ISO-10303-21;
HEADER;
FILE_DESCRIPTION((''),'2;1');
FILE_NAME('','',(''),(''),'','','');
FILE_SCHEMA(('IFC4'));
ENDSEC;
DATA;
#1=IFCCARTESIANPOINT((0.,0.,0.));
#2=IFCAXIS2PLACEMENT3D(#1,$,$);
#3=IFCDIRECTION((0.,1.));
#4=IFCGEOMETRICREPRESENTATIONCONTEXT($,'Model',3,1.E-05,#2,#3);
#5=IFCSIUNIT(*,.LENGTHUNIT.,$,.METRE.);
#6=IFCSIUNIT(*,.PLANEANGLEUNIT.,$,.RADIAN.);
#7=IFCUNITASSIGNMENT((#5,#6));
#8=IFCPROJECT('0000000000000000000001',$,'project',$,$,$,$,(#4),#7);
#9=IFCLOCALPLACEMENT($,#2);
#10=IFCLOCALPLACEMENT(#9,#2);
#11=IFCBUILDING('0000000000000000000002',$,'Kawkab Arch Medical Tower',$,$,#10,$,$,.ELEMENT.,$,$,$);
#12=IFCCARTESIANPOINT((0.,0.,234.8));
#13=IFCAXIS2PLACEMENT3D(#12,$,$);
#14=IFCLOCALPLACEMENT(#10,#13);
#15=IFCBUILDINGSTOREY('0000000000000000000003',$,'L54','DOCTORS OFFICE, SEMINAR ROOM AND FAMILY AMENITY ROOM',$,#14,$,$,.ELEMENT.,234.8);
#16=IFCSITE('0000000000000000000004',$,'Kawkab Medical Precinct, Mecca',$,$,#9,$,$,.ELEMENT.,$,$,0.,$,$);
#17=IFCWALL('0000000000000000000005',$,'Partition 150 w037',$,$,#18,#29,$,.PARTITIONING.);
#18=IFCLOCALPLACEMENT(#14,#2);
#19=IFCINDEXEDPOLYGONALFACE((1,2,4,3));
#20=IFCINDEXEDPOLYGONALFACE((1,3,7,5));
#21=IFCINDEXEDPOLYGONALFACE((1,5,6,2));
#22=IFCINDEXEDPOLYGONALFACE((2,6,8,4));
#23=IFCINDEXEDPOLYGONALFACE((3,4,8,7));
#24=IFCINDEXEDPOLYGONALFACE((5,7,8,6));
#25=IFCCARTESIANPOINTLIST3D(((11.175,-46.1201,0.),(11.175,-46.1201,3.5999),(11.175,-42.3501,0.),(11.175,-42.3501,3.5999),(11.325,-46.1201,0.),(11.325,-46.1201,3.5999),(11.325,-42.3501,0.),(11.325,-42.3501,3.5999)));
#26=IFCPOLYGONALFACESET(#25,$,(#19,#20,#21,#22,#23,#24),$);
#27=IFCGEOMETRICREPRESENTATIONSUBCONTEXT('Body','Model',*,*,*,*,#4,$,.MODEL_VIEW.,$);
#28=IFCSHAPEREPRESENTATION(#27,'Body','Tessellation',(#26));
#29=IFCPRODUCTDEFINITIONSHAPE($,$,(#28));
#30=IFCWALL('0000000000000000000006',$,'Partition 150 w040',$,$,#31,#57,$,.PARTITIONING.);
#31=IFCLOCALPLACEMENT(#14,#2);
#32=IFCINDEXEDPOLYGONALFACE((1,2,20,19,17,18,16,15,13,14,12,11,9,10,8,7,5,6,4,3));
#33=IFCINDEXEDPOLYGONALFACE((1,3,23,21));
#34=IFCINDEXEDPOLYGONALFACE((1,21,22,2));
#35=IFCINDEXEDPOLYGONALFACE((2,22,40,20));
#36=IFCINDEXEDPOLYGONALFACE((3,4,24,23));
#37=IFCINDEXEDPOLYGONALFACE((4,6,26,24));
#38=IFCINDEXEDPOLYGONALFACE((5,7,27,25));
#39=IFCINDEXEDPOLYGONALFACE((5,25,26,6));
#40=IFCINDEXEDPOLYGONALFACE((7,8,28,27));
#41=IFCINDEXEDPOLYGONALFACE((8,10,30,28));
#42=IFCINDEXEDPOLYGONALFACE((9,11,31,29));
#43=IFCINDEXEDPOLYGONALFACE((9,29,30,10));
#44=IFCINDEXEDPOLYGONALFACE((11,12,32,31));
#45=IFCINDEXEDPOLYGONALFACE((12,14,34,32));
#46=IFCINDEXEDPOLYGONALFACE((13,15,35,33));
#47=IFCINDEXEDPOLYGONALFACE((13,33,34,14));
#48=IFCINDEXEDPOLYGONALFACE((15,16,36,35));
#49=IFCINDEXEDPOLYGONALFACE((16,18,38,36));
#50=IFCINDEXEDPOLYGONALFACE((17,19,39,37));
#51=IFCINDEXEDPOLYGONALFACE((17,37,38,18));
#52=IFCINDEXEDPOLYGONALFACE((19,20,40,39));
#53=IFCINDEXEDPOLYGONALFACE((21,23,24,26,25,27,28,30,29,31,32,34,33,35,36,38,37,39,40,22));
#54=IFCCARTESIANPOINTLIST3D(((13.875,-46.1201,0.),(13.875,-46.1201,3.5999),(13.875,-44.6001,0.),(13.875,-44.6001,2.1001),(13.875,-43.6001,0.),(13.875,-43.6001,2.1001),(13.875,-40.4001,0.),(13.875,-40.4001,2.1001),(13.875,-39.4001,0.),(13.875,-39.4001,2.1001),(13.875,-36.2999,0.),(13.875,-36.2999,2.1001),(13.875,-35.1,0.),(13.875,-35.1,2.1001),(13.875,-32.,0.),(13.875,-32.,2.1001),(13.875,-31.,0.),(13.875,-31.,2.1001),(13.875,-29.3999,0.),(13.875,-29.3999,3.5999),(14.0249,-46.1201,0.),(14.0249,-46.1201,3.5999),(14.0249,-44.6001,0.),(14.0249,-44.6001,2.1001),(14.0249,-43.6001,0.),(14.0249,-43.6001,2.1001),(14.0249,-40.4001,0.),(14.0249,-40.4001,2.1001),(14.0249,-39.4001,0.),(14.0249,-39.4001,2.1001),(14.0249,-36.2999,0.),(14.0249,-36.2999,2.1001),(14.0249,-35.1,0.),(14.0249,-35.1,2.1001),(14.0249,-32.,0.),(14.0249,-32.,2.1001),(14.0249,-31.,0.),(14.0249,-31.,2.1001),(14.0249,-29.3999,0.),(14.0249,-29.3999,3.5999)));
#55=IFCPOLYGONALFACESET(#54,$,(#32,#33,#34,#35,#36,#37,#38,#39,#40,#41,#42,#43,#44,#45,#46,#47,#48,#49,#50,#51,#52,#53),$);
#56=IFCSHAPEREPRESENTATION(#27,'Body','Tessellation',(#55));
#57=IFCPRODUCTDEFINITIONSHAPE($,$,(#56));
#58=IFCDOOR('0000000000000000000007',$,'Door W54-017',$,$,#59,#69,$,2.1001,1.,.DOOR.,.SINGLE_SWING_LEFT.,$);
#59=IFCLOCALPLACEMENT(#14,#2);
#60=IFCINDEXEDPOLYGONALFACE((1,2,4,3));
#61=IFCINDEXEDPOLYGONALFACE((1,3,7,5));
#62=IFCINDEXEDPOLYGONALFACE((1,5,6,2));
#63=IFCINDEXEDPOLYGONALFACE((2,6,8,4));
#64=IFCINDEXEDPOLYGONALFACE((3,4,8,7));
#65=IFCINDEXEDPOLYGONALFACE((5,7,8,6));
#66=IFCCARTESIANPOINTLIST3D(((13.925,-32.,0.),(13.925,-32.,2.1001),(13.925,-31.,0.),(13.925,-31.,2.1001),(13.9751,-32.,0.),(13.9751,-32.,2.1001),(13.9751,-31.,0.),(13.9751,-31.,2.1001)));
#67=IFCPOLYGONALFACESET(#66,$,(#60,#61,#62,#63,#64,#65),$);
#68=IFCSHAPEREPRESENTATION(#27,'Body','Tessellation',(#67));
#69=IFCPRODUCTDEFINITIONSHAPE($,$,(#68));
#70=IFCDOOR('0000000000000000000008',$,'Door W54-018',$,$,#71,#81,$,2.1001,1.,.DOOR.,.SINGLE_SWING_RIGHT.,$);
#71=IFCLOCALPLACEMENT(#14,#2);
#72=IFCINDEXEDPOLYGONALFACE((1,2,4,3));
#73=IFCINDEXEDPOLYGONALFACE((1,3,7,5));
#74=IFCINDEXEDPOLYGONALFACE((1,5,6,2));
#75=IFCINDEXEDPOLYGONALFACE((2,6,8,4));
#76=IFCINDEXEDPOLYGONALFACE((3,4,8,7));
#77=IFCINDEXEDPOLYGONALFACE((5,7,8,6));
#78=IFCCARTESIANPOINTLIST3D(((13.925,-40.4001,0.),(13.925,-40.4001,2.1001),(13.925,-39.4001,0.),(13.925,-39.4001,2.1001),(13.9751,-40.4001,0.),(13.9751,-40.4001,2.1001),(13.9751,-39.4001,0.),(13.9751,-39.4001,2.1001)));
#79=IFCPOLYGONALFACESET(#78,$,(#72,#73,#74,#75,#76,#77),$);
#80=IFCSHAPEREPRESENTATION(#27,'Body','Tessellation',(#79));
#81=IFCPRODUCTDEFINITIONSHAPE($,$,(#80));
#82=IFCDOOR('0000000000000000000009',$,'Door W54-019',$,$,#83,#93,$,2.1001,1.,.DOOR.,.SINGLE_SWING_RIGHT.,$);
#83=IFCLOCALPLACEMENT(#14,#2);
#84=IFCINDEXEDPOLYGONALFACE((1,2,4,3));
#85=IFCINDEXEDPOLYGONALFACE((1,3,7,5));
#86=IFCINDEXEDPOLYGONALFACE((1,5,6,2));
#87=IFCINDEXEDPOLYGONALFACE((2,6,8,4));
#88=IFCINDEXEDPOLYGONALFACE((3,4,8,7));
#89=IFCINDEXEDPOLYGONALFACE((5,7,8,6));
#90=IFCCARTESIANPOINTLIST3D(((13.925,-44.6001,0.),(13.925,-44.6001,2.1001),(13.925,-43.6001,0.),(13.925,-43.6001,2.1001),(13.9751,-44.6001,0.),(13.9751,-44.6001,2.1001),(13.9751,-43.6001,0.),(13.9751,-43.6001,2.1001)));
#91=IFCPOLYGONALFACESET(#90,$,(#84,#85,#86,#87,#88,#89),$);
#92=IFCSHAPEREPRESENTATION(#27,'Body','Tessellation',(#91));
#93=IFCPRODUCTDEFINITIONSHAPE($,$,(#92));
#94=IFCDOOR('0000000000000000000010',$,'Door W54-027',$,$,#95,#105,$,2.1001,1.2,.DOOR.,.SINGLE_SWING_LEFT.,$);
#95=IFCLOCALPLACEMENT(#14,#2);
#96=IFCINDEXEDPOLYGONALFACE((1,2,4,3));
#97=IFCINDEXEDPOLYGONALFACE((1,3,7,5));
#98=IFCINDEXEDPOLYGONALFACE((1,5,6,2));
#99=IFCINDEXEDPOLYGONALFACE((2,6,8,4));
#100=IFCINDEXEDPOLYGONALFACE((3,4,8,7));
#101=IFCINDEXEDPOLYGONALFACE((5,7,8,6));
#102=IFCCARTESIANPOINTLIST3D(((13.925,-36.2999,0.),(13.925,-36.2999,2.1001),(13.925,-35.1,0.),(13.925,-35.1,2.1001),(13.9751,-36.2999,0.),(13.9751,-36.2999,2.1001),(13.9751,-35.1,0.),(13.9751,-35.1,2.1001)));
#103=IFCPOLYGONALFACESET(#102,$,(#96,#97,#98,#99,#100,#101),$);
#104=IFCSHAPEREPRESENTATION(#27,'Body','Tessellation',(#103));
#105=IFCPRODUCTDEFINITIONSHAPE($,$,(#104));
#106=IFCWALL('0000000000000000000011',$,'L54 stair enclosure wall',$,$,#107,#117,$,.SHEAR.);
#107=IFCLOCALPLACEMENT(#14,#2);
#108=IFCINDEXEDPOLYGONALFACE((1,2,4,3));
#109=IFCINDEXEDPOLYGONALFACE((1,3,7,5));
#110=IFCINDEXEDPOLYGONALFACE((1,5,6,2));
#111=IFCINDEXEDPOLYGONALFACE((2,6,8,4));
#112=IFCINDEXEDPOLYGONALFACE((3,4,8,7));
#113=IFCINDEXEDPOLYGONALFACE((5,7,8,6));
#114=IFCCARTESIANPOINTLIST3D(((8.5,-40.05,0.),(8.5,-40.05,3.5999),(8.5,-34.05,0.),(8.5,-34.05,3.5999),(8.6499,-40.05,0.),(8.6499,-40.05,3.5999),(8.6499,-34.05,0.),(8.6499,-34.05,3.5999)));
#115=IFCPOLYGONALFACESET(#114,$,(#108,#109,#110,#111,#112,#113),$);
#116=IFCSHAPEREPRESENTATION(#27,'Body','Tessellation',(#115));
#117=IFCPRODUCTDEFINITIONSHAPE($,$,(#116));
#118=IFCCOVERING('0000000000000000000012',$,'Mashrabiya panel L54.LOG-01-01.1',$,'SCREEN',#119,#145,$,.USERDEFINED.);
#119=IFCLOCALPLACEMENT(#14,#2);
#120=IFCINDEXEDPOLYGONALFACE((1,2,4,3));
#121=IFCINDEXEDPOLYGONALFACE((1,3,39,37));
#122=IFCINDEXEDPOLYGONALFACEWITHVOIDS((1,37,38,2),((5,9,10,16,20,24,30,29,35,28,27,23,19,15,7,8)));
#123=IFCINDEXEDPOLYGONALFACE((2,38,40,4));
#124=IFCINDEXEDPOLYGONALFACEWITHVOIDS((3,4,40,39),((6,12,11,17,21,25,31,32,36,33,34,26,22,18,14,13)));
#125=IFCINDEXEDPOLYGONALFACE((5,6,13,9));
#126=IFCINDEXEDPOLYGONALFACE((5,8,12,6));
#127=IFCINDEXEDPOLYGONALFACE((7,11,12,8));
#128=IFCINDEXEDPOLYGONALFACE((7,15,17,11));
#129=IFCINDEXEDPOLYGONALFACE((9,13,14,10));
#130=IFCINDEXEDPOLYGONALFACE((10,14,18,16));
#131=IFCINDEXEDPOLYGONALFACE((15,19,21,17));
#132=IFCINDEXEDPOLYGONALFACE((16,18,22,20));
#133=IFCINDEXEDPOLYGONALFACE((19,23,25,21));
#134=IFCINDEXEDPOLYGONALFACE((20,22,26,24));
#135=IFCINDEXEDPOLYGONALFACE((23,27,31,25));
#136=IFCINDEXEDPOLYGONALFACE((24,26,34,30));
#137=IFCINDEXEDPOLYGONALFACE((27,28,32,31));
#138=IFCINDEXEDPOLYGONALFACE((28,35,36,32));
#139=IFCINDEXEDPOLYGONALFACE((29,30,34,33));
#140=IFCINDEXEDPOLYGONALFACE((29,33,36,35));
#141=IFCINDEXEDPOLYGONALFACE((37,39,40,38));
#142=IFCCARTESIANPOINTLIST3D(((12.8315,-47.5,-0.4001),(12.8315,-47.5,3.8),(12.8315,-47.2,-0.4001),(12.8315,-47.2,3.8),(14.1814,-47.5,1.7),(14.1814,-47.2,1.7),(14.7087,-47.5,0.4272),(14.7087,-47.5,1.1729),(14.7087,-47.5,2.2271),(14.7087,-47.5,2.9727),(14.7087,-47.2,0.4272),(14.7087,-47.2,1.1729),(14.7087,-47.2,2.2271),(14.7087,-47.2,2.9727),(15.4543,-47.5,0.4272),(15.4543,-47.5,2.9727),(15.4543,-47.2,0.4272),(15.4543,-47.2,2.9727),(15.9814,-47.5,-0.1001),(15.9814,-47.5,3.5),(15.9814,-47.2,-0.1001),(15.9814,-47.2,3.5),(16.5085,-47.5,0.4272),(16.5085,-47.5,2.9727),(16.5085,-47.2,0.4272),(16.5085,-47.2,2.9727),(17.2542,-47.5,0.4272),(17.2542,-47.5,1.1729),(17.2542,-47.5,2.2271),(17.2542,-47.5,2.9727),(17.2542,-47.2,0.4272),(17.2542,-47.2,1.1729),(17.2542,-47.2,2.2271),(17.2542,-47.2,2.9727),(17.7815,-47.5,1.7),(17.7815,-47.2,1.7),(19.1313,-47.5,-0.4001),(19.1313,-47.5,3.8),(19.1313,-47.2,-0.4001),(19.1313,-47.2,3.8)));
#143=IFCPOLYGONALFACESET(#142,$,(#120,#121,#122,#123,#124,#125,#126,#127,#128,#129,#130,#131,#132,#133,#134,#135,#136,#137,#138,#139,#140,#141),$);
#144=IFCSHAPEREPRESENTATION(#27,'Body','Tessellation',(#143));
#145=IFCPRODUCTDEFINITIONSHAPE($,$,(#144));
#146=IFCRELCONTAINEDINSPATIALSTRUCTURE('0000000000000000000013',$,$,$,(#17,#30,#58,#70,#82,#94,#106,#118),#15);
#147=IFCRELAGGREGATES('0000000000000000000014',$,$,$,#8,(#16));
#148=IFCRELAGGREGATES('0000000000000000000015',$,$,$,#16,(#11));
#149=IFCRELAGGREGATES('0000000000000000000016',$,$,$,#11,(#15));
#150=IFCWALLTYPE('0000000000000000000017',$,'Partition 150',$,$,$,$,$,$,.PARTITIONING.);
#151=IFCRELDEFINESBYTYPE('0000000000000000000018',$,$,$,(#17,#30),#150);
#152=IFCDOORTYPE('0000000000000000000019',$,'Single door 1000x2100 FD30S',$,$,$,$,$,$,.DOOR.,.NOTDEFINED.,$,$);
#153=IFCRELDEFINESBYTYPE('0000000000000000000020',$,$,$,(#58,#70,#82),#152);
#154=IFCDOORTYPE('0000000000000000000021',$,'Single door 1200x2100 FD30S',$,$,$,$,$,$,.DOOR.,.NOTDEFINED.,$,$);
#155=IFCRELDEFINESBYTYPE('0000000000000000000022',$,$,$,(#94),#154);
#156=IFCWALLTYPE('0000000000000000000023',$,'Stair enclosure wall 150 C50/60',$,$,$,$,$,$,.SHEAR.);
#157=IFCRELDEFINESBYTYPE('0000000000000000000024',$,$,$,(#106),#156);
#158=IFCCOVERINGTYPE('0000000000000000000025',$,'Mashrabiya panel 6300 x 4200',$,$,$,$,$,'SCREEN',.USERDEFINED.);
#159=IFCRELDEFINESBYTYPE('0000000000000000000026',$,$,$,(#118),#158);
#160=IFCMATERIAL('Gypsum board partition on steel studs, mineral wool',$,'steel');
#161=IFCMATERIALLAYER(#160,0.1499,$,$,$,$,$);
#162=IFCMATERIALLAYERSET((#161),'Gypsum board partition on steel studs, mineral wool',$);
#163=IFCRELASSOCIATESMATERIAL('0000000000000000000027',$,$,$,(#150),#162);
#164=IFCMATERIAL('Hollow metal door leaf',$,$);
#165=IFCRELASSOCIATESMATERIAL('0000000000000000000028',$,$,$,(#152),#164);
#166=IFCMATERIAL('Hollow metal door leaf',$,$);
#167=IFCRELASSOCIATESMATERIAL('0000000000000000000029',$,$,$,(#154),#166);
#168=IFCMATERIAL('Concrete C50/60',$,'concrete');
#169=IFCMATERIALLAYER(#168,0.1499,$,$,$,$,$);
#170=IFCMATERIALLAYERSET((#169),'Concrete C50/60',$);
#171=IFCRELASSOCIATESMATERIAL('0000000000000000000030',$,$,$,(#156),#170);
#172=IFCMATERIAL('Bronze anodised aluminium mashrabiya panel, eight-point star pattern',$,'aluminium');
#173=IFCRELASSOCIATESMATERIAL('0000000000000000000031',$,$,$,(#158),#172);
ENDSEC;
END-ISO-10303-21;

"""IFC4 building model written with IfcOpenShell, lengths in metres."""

from ifc_helpers import new_model, si_unit, direction, frame, frame_2d, origin, place, context, subcontext, project, spatial, polyline, rectangle, outline, extrude, material, layer, layer_set, material_profile, profile_set, type_object, element, fill, save


model = new_model("IFC4")

# Units and contexts
model_context = context("Model", 3, precision=1e-05, world=origin(), true_north=direction((0.0, 1.0)))
body_context = subcontext(model_context, "Body", "Model", "MODEL_VIEW")
ifc_project = project(units=[si_unit("LENGTHUNIT", "METRE"), si_unit("PLANEANGLEUNIT", "RADIAN")], contexts=[model_context])

# Site, building, storey
site_placement = place(None, origin())
site = spatial("IfcSite", under=ifc_project, at=site_placement, Name="Kawkab Medical Precinct, Mecca", CompositionType="ELEMENT", RefElevation=0.0)
building_placement = place(site_placement, origin())
building = spatial("IfcBuilding", under=site, at=building_placement, Name="Kawkab Arch Medical Tower", CompositionType="ELEMENT")
storey_placement = place(building_placement, frame((0.0, 0.0, 234.8)))
storey = spatial("IfcBuildingStorey", under=building, at=storey_placement, Name="L54", Description="DOCTORS OFFICE, SEMINAR ROOM AND FAMILY AMENITY ROOM", CompositionType="ELEMENT", Elevation=234.8)

# Shared definitions
ifc_material_1 = material(Name="Gypsum board partition on steel studs, mineral wool", Category="steel")
ifc_layer_1 = layer(ifc_material_1, 0.1499)
ifc_layer_set_1 = layer_set([ifc_layer_1], Name="Gypsum board partition on steel studs, mineral wool")
wall_type_1 = type_object("IfcWallType", Name="Partition 150", PredefinedType="PARTITIONING", material=ifc_layer_set_1)

# Shared definitions
ifc_material_2 = material(Name="Hollow metal door leaf")
door_type_1 = type_object("IfcDoorType", Name="Single door 1000x2100 FD30S", OperationType="NOTDEFINED", PredefinedType="DOOR", material=ifc_material_2)

# Wall
wall_1_placement = place(storey_placement, frame((11.25, -46.1201, 0.0), z_axis=(0.0, 0.0, 1.0), x_axis=(0.0, 1.0, 0.0)))
element("IfcWall", 1, at=wall_1_placement, inside=storey, type_object=wall_type_1, Name="Partition 150 w037", PredefinedType="PARTITIONING", context=body_context, shape_type="SweptSolid", body=[
    extrude(rectangle(XDim=3.77, YDim=0.1499, at=frame_2d((1.885, 0.0))), origin(), (0.0, 0.0, 1.0), 3.5999),
])

# Wall, openings, doors
wall_2_placement = place(storey_placement, frame((13.95, -46.1201, 0.0), z_axis=(0.0, 0.0, 1.0), x_axis=(0.0, 1.0, 0.0)))
wall_2 = element("IfcWall", 2, at=wall_2_placement, inside=storey, type_object=wall_type_1, Name="Partition 150 w040", PredefinedType="PARTITIONING", context=body_context, shape_type="SweptSolid", body=[
    extrude(rectangle(XDim=16.7202, YDim=0.1499, at=frame_2d((8.3601, 0.0))), origin(), (0.0, 0.0, 1.0), 3.5999),
])
opening_1_placement = place(wall_2_placement, frame((14.1201, 0.0, 0.0)))
opening_1 = element("IfcOpeningElement", 3, at=opening_1_placement, cuts=wall_2, PredefinedType="OPENING", context=body_context, shape_type="SweptSolid", body=[
    extrude(rectangle(XDim=1.0, YDim=2.1001, at=frame_2d((0.5, 1.05))), frame((0.0, 0.085, 0.0), z_axis=(0.0, -1.0, 0.0), x_axis=(1.0, 0.0, 0.0)), (0.0, 0.0, 1.0), 0.1699),
])
opening_2_placement = place(wall_2_placement, frame((9.8201, 0.0, 0.0)))
opening_2 = element("IfcOpeningElement", 4, at=opening_2_placement, cuts=wall_2, PredefinedType="OPENING", context=body_context, shape_type="SweptSolid", body=[
    extrude(rectangle(XDim=1.2, YDim=2.1001, at=frame_2d((0.6001, 1.05))), frame((0.0, 0.085, 0.0), z_axis=(0.0, -1.0, 0.0), x_axis=(1.0, 0.0, 0.0)), (0.0, 0.0, 1.0), 0.1699),
])
opening_3_placement = place(wall_2_placement, frame((5.72, 0.0, 0.0)))
opening_3 = element("IfcOpeningElement", 5, at=opening_3_placement, cuts=wall_2, PredefinedType="OPENING", context=body_context, shape_type="SweptSolid", body=[
    extrude(rectangle(XDim=1.0, YDim=2.1001, at=frame_2d((0.5, 1.05))), frame((0.0, 0.085, 0.0), z_axis=(0.0, -1.0, 0.0), x_axis=(1.0, 0.0, 0.0)), (0.0, 0.0, 1.0), 0.1699),
])
opening_4_placement = place(wall_2_placement, frame((1.52, 0.0, 0.0)))
opening_4 = element("IfcOpeningElement", 6, at=opening_4_placement, cuts=wall_2, PredefinedType="OPENING", context=body_context, shape_type="SweptSolid", body=[
    extrude(rectangle(XDim=1.0, YDim=2.1001, at=frame_2d((0.5, 1.05))), frame((0.0, 0.085, 0.0), z_axis=(0.0, -1.0, 0.0), x_axis=(1.0, 0.0, 0.0)), (0.0, 0.0, 1.0), 0.1699),
])
door_1_placement = place(opening_1_placement, origin())
door_1 = element("IfcDoor", 7, at=door_1_placement, inside=storey, type_object=door_type_1, Name="Door W54-017", OperationType="SINGLE_SWING_LEFT", OverallHeight=2.1001, OverallWidth=1.0, PredefinedType="DOOR", context=body_context, shape_type="SweptSolid", body=[
    extrude(rectangle(XDim=1.0, YDim=2.1001, at=frame_2d((0.5, 1.05))), frame((0.0, 0.0249, 0.0), z_axis=(0.0, -1.0, 0.0), x_axis=(1.0, 0.0, 0.0)), (0.0, 0.0, 1.0), 0.05),
])
fill(opening_1, door_1)
door_2_placement = place(opening_3_placement, origin())
door_2 = element("IfcDoor", 8, at=door_2_placement, inside=storey, type_object=door_type_1, Name="Door W54-018", OperationType="SINGLE_SWING_RIGHT", OverallHeight=2.1001, OverallWidth=1.0, PredefinedType="DOOR", context=body_context, shape_type="SweptSolid", body=[
    extrude(rectangle(XDim=1.0, YDim=2.1001, at=frame_2d((0.5, 1.05))), frame((0.0, 0.0249, 0.0), z_axis=(0.0, -1.0, 0.0), x_axis=(1.0, 0.0, 0.0)), (0.0, 0.0, 1.0), 0.05),
])
fill(opening_3, door_2)
door_3_placement = place(opening_4_placement, origin())
door_3 = element("IfcDoor", 9, at=door_3_placement, inside=storey, type_object=door_type_1, Name="Door W54-019", OperationType="SINGLE_SWING_RIGHT", OverallHeight=2.1001, OverallWidth=1.0, PredefinedType="DOOR", context=body_context, shape_type="SweptSolid", body=[
    extrude(rectangle(XDim=1.0, YDim=2.1001, at=frame_2d((0.5, 1.05))), frame((0.0, 0.0249, 0.0), z_axis=(0.0, -1.0, 0.0), x_axis=(1.0, 0.0, 0.0)), (0.0, 0.0, 1.0), 0.05),
])
fill(opening_4, door_3)
ifc_material_3 = material(Name="Hollow metal door leaf")
door_type_2 = type_object("IfcDoorType", Name="Single door 1200x2100 FD30S", OperationType="NOTDEFINED", PredefinedType="DOOR", material=ifc_material_3)
door_4_placement = place(opening_2_placement, origin())
door_4 = element("IfcDoor", 10, at=door_4_placement, inside=storey, type_object=door_type_2, Name="Door W54-027", OperationType="SINGLE_SWING_LEFT", OverallHeight=2.1001, OverallWidth=1.2, PredefinedType="DOOR", context=body_context, shape_type="SweptSolid", body=[
    extrude(rectangle(XDim=1.2, YDim=2.1001, at=frame_2d((0.6001, 1.05))), frame((0.0, 0.0249, 0.0), z_axis=(0.0, -1.0, 0.0), x_axis=(1.0, 0.0, 0.0)), (0.0, 0.0, 1.0), 0.05),
])
fill(opening_2, door_4)

# Wall
ifc_material_4 = material(Name="Concrete C50/60", Category="concrete")
ifc_layer_2 = layer(ifc_material_4, 0.1499)
ifc_layer_set_2 = layer_set([ifc_layer_2], Name="Concrete C50/60")
wall_type_2 = type_object("IfcWallType", Name="Stair enclosure wall 150 C50/60", PredefinedType="SHEAR", material=ifc_layer_set_2)
wall_3_placement = place(storey_placement, frame((8.575, -40.05, 0.0), z_axis=(0.0, 0.0, 1.0), x_axis=(0.0, 1.0, 0.0)))
element("IfcWall", 11, at=wall_3_placement, inside=storey, type_object=wall_type_2, Name="L54 stair enclosure wall", PredefinedType="SHEAR", context=body_context, shape_type="SweptSolid", body=[
    extrude(rectangle(XDim=6.0, YDim=0.1499, at=frame_2d((3.0, 0.0))), origin(), (0.0, 0.0, 1.0), 3.5999),
])

# Covering
ifc_material_5 = material(Name="Bronze anodised aluminium mashrabiya panel, eight-point star pattern", Category="aluminium")
ifc_material_profile_1 = material_profile(ifc_material_5, outline(polyline([(-3.1499, -2.1001), (3.1499, -2.1001), (3.1499, 2.1001), (-3.1499, 2.1001), (-3.1499, -2.1001)]), holes=[polyline([(1.8, 0.0), (1.2727, 0.5271), (1.2727, 1.2727), (0.5271, 1.2727), (0.0, 1.8), (-0.5271, 1.2727), (-1.2727, 1.2727), (-1.2727, 0.5271), (-1.8, 0.0), (-1.2727, -0.5271), (-1.2727, -1.2727), (-0.5271, -1.2727), (0.0, -1.8), (0.5271, -1.2727), (1.2727, -1.2727), (1.2727, -0.5271), (1.8, 0.0)])]), Name="Mashrabiya panel 6300x4200")
ifc_profile_set_1 = profile_set([ifc_material_profile_1], Name="Bronze anodised aluminium mashrabiya panel, eight-point star pattern")
covering_type_1 = type_object("IfcCoveringType", Name="Mashrabiya panel 6300 x 4200", ElementType="SCREEN", PredefinedType="USERDEFINED", material=ifc_profile_set_1)
for number, where, z_axis, x_axis, name in (
    (12, (15.9814, -47.2, 1.7), (0.0, -1.0, 0.0), (1.0, 0.0, 0.0), "Mashrabiya panel L54.LOG-01-01.1"),
):
    element("IfcCovering", number, at=place(storey_placement, frame(where, z_axis=z_axis, x_axis=x_axis)), inside=storey, type_object=covering_type_1, Name=name, ObjectType="SCREEN", PredefinedType="USERDEFINED", context=body_context, shape_type="SweptSolid", body=[
        extrude(outline(polyline([(-3.1499, -2.1001), (3.1499, -2.1001), (3.1499, 2.1001), (-3.1499, 2.1001), (-3.1499, -2.1001)]), holes=[polyline([(1.8, 0.0), (1.2727, 0.5271), (1.2727, 1.2727), (0.5271, 1.2727), (0.0, 1.8), (-0.5271, 1.2727), (-1.2727, 1.2727), (-1.2727, 0.5271), (-1.8, 0.0), (-1.2727, -0.5271), (-1.2727, -1.2727), (-0.5271, -1.2727), (0.0, -1.8), (0.5271, -1.2727), (1.2727, -1.2727), (1.2727, -0.5271), (1.8, 0.0)])]), origin(), (0.0, 0.0, 1.0), 0.3),
    ])

save(model, "model.ifc")
